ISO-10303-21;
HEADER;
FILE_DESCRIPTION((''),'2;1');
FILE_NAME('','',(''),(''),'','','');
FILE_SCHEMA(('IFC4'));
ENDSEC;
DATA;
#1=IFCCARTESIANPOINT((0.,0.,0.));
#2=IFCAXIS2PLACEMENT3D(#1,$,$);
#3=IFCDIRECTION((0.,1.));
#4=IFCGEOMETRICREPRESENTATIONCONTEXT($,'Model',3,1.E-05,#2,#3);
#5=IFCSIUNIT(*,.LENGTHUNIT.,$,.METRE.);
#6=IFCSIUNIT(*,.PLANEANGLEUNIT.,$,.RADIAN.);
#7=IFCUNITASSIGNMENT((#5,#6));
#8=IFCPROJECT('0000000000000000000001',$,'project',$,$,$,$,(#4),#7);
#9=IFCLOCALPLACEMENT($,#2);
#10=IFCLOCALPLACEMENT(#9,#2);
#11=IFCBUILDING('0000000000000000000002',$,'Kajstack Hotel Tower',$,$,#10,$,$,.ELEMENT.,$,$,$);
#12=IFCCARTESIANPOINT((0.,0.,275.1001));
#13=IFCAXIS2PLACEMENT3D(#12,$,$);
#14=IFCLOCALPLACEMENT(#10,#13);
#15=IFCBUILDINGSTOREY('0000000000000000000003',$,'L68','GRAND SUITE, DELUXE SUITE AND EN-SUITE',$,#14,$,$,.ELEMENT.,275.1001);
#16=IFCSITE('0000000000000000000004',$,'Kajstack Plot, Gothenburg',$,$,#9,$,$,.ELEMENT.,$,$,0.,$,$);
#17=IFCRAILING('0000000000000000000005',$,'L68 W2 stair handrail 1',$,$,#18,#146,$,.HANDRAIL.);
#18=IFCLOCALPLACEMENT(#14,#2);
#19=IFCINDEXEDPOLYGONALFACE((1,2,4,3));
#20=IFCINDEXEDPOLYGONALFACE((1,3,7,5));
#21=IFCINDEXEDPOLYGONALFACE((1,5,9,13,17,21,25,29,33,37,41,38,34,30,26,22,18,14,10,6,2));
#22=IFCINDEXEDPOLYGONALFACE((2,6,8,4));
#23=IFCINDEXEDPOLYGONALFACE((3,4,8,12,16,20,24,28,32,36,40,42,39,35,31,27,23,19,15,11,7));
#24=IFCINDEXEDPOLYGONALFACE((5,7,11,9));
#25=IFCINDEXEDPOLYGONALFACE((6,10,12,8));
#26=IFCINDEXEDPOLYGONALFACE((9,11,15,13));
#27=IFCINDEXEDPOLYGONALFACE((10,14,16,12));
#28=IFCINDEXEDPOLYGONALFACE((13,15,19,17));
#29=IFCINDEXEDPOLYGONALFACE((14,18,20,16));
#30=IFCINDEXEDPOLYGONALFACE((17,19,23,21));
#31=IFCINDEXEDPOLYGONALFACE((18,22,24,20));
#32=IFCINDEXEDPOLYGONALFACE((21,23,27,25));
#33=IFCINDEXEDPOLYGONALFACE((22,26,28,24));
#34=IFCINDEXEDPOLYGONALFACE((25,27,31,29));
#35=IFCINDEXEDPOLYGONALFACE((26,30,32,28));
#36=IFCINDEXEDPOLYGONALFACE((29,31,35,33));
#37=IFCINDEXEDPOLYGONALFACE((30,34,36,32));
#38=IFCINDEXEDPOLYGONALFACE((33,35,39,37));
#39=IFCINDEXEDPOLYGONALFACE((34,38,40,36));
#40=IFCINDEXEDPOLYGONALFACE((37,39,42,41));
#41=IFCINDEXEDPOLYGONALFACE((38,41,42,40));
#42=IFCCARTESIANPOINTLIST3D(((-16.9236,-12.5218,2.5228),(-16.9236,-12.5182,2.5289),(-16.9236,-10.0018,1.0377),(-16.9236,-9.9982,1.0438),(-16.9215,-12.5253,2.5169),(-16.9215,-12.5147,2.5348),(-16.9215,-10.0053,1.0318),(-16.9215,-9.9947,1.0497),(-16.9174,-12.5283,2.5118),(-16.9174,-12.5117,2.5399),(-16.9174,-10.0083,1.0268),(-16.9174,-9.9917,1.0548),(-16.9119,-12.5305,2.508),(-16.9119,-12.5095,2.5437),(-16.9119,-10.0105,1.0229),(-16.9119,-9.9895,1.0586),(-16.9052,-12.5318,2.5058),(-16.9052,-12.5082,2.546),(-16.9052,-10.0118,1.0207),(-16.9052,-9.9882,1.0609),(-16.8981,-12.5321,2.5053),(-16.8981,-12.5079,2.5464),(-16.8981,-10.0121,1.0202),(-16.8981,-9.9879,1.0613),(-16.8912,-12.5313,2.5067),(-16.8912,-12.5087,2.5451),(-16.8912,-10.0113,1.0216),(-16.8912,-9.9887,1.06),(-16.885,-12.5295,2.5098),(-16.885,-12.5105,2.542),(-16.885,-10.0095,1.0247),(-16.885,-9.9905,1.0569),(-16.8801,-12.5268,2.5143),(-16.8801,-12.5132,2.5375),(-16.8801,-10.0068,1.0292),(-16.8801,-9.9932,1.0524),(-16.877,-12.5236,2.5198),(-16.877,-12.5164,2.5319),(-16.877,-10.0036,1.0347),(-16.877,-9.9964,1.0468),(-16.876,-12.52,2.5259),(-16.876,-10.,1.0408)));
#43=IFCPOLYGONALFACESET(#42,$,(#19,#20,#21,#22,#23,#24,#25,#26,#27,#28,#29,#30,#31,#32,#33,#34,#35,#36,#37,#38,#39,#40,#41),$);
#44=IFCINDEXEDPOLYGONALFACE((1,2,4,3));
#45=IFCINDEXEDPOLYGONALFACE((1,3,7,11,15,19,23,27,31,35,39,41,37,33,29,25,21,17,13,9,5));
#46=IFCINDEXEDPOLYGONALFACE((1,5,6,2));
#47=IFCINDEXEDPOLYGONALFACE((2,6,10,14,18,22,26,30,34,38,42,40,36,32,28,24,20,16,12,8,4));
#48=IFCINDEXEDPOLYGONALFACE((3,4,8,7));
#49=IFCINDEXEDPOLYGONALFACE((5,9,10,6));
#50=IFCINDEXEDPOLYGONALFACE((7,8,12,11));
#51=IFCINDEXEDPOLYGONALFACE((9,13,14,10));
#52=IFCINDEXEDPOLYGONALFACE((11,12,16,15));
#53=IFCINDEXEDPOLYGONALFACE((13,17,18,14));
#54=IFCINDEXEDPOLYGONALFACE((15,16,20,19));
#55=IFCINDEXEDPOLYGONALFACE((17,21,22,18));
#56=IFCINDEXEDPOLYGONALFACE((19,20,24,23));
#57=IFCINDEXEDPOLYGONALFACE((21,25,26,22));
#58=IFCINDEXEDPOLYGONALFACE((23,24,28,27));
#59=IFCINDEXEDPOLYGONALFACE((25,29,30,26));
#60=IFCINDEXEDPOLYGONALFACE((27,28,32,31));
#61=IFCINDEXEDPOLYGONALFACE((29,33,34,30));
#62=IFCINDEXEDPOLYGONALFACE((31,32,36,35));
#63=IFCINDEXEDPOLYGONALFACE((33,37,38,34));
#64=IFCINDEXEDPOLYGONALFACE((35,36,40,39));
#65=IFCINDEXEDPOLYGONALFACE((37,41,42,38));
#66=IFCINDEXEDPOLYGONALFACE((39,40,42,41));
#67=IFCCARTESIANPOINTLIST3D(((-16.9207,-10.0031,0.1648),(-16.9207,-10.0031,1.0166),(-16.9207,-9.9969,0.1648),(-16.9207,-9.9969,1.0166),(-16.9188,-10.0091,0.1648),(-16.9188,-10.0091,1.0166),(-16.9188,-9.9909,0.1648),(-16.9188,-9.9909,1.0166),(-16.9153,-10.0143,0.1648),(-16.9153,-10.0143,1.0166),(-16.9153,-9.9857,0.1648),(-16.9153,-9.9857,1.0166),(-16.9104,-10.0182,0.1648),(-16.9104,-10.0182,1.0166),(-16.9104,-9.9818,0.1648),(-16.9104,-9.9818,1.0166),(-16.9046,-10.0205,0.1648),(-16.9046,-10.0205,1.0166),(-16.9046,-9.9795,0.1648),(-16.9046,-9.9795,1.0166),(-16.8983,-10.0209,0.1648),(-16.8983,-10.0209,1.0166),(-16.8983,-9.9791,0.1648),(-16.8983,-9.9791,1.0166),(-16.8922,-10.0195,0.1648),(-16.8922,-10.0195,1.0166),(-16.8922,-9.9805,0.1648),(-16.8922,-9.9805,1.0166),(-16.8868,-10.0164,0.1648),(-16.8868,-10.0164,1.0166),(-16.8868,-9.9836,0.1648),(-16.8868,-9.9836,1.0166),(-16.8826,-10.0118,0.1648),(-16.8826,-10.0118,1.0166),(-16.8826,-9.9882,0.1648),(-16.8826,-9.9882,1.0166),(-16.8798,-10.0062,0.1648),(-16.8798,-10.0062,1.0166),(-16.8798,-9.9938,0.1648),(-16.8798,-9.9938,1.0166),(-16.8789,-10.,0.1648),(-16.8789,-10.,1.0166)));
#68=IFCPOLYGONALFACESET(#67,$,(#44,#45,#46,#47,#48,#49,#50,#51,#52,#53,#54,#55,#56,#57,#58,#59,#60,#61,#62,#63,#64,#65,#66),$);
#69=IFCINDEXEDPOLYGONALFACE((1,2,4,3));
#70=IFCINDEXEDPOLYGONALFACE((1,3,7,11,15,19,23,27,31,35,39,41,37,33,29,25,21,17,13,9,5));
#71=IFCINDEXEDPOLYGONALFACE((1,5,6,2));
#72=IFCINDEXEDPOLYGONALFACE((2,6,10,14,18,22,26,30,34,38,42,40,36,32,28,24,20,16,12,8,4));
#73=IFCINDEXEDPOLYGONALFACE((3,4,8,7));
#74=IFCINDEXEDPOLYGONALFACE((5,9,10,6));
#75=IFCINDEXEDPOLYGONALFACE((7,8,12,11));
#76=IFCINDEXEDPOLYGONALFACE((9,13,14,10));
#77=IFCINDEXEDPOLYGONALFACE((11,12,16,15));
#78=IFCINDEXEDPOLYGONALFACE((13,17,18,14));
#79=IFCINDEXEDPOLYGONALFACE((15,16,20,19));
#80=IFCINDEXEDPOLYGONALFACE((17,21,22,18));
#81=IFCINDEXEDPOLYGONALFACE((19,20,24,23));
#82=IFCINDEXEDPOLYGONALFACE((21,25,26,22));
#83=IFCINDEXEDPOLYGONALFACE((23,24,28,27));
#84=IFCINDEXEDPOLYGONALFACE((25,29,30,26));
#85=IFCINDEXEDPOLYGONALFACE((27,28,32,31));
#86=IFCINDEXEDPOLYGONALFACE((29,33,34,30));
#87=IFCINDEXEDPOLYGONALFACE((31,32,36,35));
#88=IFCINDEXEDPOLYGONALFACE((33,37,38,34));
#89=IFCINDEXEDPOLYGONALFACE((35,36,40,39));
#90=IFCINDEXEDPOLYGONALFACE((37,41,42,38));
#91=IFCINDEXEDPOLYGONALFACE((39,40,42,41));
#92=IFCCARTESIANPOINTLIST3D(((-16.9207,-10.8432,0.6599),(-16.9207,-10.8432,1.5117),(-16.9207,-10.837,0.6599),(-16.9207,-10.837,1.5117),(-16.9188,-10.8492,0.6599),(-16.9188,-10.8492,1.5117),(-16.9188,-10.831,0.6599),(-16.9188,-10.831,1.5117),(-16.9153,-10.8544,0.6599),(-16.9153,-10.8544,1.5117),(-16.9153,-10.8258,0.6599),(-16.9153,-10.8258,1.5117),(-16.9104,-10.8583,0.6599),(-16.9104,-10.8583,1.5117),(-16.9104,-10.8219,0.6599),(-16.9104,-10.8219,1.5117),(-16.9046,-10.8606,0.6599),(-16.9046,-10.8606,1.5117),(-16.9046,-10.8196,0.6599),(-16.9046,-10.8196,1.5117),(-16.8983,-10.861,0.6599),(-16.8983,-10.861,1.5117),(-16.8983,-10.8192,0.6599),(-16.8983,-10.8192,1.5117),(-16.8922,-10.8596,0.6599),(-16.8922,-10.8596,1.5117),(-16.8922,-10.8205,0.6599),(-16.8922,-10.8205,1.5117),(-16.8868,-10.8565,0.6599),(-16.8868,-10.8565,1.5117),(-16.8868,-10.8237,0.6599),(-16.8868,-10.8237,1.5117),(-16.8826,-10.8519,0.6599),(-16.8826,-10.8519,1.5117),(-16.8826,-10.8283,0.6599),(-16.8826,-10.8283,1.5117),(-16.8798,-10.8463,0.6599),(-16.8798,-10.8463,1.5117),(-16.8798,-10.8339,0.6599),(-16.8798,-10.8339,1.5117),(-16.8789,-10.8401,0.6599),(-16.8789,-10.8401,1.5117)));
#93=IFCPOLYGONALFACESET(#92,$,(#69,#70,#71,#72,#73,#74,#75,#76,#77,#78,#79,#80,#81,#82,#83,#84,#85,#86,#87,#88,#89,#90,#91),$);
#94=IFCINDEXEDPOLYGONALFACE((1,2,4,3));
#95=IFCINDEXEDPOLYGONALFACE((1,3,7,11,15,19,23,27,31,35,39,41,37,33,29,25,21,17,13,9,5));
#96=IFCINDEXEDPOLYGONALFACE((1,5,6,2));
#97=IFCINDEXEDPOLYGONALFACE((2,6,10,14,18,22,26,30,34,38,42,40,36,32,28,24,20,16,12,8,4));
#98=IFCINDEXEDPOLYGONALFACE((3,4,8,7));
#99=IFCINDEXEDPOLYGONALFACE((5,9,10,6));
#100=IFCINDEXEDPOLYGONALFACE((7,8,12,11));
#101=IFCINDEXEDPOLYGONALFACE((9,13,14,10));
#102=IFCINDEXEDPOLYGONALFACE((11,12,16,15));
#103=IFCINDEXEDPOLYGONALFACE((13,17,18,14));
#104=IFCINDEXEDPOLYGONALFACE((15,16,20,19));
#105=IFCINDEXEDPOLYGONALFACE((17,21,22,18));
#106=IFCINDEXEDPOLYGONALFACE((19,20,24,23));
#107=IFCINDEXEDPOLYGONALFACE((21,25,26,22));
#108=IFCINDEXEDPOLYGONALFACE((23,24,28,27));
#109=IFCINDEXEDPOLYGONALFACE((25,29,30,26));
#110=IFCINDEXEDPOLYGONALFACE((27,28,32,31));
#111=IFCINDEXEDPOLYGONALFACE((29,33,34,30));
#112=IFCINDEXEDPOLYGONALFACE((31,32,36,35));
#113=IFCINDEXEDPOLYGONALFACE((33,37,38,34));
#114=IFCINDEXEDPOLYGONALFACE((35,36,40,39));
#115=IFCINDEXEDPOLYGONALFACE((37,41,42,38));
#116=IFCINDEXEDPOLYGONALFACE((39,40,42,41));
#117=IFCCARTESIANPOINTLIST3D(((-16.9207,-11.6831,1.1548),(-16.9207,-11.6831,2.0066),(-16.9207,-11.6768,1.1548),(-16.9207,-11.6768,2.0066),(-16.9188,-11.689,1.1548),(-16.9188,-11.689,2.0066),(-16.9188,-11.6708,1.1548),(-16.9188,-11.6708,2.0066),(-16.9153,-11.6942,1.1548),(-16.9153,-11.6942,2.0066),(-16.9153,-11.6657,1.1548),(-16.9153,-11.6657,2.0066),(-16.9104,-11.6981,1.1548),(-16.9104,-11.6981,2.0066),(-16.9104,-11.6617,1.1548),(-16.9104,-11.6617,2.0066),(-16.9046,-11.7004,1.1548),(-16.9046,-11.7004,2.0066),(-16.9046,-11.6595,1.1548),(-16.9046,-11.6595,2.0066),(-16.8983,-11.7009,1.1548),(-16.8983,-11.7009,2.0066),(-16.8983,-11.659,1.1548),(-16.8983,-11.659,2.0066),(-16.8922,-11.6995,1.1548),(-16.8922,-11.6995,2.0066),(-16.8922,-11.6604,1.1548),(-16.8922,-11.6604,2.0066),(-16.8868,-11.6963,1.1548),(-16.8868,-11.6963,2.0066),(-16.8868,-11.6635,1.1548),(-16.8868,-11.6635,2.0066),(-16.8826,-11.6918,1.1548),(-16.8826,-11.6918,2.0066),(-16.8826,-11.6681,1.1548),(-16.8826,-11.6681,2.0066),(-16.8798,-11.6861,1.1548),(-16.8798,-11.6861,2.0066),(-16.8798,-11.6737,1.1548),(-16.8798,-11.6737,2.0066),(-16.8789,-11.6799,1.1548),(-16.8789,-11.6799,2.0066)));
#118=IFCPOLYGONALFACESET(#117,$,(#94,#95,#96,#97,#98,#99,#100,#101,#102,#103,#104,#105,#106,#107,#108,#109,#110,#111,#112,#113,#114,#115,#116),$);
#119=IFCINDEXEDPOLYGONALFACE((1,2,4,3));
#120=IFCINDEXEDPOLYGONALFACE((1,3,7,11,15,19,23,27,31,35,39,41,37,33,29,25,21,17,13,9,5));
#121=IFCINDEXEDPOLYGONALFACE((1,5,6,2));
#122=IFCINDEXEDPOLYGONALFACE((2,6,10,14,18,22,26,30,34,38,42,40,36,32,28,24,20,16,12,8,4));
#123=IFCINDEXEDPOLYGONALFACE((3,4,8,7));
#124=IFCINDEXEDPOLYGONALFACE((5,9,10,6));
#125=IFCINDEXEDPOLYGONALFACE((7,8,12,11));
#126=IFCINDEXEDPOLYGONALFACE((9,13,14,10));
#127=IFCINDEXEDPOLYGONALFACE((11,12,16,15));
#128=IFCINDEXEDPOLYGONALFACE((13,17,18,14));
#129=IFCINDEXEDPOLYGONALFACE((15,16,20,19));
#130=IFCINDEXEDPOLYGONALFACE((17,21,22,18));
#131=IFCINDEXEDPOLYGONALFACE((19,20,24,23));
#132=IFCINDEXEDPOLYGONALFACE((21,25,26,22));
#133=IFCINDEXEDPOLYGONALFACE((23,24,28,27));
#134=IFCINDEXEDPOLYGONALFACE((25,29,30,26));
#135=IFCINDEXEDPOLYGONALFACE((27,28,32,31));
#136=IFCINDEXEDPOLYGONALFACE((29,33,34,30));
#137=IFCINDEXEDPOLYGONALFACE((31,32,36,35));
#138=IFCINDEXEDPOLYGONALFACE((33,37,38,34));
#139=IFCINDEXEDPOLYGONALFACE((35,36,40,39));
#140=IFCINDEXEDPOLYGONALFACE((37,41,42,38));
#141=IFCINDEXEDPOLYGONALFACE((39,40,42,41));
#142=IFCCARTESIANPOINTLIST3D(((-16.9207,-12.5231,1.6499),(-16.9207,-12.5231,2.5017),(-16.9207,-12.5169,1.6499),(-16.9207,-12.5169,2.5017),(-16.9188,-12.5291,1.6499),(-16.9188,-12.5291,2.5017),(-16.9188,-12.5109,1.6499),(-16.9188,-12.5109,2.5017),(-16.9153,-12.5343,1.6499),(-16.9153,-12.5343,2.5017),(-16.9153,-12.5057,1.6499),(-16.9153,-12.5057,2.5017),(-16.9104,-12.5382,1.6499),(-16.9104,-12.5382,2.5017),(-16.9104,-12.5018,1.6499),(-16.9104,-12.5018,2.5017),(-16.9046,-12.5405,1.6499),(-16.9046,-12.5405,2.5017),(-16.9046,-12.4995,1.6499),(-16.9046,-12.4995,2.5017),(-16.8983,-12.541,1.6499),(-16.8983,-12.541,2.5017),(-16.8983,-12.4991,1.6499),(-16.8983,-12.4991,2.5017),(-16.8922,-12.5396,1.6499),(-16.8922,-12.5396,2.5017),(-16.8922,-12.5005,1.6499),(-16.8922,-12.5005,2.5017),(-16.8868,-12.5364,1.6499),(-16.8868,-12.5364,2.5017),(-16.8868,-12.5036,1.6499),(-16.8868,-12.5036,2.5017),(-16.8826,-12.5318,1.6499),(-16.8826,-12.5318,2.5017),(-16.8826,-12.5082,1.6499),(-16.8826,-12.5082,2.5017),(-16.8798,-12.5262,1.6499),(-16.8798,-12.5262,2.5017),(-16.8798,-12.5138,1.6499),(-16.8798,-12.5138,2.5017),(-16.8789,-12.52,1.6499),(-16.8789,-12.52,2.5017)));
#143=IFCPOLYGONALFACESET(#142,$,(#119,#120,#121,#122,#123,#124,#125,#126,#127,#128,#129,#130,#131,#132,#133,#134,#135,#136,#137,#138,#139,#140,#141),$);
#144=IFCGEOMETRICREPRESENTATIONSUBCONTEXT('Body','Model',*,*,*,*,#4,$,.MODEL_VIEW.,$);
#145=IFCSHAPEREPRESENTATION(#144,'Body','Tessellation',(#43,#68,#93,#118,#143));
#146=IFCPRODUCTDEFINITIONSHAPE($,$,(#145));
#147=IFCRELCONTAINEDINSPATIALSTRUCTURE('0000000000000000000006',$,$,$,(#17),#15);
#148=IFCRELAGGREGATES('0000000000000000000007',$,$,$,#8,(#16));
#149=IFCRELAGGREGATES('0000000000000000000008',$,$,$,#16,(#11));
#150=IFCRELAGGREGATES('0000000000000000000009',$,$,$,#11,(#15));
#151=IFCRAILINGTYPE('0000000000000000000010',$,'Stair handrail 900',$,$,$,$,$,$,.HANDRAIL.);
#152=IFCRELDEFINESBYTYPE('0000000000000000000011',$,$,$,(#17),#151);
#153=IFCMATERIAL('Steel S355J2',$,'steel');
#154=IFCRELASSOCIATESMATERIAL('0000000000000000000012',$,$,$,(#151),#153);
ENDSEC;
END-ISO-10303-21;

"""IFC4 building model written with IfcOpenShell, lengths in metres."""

from ifc_helpers import new_model, si_unit, direction, frame, origin, origin_2d, place, context, subcontext, project, spatial, circle, extrude, material, type_object, element, save


model = new_model("IFC4")

# Units and contexts
model_context = context("Model", 3, precision=1e-05, world=origin(), true_north=direction((0.0, 1.0)))
body_context = subcontext(model_context, "Body", "Model", "MODEL_VIEW")
ifc_project = project(units=[si_unit("LENGTHUNIT", "METRE"), si_unit("PLANEANGLEUNIT", "RADIAN")], contexts=[model_context])

# Site, building, storey
site_placement = place(None, origin())
site = spatial("IfcSite", under=ifc_project, at=site_placement, Name="Kajstack Plot, Gothenburg", CompositionType="ELEMENT", RefElevation=0.0)
building_placement = place(site_placement, origin())
building = spatial("IfcBuilding", under=site, at=building_placement, Name="Kajstack Hotel Tower", CompositionType="ELEMENT")
storey_placement = place(building_placement, frame((0.0, 0.0, 275.1001)))
storey = spatial("IfcBuildingStorey", under=building, at=storey_placement, Name="L68", Description="GRAND SUITE, DELUXE SUITE AND EN-SUITE", CompositionType="ELEMENT", Elevation=275.1001)

# Railing
ifc_material_1 = material(Name="Steel S355J2", Category="steel")
railing_type_1 = type_object("IfcRailingType", Name="Stair handrail 900", PredefinedType="HANDRAIL", material=ifc_material_1)
railing_1_placement = place(storey_placement, frame((-16.8999, -10.0, 0.1648)))
element("IfcRailing", 1, at=railing_1_placement, inside=storey, type_object=railing_type_1, Name="L68 W2 stair handrail 1", PredefinedType="HANDRAIL", context=body_context, shape_type="SweptSolid", body=[
    extrude(circle(Radius=0.0239, at=origin_2d()), frame((0.0, 0.0, 0.876), z_axis=(0.0, -0.861524, 0.507717), x_axis=(1.0, 0.0, 0.0)), (0.0, 0.0, 1.0), 2.925),
    extrude(circle(Radius=0.021, at=origin_2d()), origin(), (0.0, 0.0, 1.0), 0.8518),
    extrude(circle(Radius=0.021, at=origin_2d()), frame((0.0, -0.8401, 0.4951)), (0.0, 0.0, 1.0), 0.8518),
    extrude(circle(Radius=0.021, at=origin_2d()), frame((0.0, -1.6799, 0.99)), (0.0, 0.0, 1.0), 0.8518),
    extrude(circle(Radius=0.021, at=origin_2d()), frame((0.0, -2.52, 1.4851)), (0.0, 0.0, 1.0), 0.8518),
])

save(model, "model.ifc")
